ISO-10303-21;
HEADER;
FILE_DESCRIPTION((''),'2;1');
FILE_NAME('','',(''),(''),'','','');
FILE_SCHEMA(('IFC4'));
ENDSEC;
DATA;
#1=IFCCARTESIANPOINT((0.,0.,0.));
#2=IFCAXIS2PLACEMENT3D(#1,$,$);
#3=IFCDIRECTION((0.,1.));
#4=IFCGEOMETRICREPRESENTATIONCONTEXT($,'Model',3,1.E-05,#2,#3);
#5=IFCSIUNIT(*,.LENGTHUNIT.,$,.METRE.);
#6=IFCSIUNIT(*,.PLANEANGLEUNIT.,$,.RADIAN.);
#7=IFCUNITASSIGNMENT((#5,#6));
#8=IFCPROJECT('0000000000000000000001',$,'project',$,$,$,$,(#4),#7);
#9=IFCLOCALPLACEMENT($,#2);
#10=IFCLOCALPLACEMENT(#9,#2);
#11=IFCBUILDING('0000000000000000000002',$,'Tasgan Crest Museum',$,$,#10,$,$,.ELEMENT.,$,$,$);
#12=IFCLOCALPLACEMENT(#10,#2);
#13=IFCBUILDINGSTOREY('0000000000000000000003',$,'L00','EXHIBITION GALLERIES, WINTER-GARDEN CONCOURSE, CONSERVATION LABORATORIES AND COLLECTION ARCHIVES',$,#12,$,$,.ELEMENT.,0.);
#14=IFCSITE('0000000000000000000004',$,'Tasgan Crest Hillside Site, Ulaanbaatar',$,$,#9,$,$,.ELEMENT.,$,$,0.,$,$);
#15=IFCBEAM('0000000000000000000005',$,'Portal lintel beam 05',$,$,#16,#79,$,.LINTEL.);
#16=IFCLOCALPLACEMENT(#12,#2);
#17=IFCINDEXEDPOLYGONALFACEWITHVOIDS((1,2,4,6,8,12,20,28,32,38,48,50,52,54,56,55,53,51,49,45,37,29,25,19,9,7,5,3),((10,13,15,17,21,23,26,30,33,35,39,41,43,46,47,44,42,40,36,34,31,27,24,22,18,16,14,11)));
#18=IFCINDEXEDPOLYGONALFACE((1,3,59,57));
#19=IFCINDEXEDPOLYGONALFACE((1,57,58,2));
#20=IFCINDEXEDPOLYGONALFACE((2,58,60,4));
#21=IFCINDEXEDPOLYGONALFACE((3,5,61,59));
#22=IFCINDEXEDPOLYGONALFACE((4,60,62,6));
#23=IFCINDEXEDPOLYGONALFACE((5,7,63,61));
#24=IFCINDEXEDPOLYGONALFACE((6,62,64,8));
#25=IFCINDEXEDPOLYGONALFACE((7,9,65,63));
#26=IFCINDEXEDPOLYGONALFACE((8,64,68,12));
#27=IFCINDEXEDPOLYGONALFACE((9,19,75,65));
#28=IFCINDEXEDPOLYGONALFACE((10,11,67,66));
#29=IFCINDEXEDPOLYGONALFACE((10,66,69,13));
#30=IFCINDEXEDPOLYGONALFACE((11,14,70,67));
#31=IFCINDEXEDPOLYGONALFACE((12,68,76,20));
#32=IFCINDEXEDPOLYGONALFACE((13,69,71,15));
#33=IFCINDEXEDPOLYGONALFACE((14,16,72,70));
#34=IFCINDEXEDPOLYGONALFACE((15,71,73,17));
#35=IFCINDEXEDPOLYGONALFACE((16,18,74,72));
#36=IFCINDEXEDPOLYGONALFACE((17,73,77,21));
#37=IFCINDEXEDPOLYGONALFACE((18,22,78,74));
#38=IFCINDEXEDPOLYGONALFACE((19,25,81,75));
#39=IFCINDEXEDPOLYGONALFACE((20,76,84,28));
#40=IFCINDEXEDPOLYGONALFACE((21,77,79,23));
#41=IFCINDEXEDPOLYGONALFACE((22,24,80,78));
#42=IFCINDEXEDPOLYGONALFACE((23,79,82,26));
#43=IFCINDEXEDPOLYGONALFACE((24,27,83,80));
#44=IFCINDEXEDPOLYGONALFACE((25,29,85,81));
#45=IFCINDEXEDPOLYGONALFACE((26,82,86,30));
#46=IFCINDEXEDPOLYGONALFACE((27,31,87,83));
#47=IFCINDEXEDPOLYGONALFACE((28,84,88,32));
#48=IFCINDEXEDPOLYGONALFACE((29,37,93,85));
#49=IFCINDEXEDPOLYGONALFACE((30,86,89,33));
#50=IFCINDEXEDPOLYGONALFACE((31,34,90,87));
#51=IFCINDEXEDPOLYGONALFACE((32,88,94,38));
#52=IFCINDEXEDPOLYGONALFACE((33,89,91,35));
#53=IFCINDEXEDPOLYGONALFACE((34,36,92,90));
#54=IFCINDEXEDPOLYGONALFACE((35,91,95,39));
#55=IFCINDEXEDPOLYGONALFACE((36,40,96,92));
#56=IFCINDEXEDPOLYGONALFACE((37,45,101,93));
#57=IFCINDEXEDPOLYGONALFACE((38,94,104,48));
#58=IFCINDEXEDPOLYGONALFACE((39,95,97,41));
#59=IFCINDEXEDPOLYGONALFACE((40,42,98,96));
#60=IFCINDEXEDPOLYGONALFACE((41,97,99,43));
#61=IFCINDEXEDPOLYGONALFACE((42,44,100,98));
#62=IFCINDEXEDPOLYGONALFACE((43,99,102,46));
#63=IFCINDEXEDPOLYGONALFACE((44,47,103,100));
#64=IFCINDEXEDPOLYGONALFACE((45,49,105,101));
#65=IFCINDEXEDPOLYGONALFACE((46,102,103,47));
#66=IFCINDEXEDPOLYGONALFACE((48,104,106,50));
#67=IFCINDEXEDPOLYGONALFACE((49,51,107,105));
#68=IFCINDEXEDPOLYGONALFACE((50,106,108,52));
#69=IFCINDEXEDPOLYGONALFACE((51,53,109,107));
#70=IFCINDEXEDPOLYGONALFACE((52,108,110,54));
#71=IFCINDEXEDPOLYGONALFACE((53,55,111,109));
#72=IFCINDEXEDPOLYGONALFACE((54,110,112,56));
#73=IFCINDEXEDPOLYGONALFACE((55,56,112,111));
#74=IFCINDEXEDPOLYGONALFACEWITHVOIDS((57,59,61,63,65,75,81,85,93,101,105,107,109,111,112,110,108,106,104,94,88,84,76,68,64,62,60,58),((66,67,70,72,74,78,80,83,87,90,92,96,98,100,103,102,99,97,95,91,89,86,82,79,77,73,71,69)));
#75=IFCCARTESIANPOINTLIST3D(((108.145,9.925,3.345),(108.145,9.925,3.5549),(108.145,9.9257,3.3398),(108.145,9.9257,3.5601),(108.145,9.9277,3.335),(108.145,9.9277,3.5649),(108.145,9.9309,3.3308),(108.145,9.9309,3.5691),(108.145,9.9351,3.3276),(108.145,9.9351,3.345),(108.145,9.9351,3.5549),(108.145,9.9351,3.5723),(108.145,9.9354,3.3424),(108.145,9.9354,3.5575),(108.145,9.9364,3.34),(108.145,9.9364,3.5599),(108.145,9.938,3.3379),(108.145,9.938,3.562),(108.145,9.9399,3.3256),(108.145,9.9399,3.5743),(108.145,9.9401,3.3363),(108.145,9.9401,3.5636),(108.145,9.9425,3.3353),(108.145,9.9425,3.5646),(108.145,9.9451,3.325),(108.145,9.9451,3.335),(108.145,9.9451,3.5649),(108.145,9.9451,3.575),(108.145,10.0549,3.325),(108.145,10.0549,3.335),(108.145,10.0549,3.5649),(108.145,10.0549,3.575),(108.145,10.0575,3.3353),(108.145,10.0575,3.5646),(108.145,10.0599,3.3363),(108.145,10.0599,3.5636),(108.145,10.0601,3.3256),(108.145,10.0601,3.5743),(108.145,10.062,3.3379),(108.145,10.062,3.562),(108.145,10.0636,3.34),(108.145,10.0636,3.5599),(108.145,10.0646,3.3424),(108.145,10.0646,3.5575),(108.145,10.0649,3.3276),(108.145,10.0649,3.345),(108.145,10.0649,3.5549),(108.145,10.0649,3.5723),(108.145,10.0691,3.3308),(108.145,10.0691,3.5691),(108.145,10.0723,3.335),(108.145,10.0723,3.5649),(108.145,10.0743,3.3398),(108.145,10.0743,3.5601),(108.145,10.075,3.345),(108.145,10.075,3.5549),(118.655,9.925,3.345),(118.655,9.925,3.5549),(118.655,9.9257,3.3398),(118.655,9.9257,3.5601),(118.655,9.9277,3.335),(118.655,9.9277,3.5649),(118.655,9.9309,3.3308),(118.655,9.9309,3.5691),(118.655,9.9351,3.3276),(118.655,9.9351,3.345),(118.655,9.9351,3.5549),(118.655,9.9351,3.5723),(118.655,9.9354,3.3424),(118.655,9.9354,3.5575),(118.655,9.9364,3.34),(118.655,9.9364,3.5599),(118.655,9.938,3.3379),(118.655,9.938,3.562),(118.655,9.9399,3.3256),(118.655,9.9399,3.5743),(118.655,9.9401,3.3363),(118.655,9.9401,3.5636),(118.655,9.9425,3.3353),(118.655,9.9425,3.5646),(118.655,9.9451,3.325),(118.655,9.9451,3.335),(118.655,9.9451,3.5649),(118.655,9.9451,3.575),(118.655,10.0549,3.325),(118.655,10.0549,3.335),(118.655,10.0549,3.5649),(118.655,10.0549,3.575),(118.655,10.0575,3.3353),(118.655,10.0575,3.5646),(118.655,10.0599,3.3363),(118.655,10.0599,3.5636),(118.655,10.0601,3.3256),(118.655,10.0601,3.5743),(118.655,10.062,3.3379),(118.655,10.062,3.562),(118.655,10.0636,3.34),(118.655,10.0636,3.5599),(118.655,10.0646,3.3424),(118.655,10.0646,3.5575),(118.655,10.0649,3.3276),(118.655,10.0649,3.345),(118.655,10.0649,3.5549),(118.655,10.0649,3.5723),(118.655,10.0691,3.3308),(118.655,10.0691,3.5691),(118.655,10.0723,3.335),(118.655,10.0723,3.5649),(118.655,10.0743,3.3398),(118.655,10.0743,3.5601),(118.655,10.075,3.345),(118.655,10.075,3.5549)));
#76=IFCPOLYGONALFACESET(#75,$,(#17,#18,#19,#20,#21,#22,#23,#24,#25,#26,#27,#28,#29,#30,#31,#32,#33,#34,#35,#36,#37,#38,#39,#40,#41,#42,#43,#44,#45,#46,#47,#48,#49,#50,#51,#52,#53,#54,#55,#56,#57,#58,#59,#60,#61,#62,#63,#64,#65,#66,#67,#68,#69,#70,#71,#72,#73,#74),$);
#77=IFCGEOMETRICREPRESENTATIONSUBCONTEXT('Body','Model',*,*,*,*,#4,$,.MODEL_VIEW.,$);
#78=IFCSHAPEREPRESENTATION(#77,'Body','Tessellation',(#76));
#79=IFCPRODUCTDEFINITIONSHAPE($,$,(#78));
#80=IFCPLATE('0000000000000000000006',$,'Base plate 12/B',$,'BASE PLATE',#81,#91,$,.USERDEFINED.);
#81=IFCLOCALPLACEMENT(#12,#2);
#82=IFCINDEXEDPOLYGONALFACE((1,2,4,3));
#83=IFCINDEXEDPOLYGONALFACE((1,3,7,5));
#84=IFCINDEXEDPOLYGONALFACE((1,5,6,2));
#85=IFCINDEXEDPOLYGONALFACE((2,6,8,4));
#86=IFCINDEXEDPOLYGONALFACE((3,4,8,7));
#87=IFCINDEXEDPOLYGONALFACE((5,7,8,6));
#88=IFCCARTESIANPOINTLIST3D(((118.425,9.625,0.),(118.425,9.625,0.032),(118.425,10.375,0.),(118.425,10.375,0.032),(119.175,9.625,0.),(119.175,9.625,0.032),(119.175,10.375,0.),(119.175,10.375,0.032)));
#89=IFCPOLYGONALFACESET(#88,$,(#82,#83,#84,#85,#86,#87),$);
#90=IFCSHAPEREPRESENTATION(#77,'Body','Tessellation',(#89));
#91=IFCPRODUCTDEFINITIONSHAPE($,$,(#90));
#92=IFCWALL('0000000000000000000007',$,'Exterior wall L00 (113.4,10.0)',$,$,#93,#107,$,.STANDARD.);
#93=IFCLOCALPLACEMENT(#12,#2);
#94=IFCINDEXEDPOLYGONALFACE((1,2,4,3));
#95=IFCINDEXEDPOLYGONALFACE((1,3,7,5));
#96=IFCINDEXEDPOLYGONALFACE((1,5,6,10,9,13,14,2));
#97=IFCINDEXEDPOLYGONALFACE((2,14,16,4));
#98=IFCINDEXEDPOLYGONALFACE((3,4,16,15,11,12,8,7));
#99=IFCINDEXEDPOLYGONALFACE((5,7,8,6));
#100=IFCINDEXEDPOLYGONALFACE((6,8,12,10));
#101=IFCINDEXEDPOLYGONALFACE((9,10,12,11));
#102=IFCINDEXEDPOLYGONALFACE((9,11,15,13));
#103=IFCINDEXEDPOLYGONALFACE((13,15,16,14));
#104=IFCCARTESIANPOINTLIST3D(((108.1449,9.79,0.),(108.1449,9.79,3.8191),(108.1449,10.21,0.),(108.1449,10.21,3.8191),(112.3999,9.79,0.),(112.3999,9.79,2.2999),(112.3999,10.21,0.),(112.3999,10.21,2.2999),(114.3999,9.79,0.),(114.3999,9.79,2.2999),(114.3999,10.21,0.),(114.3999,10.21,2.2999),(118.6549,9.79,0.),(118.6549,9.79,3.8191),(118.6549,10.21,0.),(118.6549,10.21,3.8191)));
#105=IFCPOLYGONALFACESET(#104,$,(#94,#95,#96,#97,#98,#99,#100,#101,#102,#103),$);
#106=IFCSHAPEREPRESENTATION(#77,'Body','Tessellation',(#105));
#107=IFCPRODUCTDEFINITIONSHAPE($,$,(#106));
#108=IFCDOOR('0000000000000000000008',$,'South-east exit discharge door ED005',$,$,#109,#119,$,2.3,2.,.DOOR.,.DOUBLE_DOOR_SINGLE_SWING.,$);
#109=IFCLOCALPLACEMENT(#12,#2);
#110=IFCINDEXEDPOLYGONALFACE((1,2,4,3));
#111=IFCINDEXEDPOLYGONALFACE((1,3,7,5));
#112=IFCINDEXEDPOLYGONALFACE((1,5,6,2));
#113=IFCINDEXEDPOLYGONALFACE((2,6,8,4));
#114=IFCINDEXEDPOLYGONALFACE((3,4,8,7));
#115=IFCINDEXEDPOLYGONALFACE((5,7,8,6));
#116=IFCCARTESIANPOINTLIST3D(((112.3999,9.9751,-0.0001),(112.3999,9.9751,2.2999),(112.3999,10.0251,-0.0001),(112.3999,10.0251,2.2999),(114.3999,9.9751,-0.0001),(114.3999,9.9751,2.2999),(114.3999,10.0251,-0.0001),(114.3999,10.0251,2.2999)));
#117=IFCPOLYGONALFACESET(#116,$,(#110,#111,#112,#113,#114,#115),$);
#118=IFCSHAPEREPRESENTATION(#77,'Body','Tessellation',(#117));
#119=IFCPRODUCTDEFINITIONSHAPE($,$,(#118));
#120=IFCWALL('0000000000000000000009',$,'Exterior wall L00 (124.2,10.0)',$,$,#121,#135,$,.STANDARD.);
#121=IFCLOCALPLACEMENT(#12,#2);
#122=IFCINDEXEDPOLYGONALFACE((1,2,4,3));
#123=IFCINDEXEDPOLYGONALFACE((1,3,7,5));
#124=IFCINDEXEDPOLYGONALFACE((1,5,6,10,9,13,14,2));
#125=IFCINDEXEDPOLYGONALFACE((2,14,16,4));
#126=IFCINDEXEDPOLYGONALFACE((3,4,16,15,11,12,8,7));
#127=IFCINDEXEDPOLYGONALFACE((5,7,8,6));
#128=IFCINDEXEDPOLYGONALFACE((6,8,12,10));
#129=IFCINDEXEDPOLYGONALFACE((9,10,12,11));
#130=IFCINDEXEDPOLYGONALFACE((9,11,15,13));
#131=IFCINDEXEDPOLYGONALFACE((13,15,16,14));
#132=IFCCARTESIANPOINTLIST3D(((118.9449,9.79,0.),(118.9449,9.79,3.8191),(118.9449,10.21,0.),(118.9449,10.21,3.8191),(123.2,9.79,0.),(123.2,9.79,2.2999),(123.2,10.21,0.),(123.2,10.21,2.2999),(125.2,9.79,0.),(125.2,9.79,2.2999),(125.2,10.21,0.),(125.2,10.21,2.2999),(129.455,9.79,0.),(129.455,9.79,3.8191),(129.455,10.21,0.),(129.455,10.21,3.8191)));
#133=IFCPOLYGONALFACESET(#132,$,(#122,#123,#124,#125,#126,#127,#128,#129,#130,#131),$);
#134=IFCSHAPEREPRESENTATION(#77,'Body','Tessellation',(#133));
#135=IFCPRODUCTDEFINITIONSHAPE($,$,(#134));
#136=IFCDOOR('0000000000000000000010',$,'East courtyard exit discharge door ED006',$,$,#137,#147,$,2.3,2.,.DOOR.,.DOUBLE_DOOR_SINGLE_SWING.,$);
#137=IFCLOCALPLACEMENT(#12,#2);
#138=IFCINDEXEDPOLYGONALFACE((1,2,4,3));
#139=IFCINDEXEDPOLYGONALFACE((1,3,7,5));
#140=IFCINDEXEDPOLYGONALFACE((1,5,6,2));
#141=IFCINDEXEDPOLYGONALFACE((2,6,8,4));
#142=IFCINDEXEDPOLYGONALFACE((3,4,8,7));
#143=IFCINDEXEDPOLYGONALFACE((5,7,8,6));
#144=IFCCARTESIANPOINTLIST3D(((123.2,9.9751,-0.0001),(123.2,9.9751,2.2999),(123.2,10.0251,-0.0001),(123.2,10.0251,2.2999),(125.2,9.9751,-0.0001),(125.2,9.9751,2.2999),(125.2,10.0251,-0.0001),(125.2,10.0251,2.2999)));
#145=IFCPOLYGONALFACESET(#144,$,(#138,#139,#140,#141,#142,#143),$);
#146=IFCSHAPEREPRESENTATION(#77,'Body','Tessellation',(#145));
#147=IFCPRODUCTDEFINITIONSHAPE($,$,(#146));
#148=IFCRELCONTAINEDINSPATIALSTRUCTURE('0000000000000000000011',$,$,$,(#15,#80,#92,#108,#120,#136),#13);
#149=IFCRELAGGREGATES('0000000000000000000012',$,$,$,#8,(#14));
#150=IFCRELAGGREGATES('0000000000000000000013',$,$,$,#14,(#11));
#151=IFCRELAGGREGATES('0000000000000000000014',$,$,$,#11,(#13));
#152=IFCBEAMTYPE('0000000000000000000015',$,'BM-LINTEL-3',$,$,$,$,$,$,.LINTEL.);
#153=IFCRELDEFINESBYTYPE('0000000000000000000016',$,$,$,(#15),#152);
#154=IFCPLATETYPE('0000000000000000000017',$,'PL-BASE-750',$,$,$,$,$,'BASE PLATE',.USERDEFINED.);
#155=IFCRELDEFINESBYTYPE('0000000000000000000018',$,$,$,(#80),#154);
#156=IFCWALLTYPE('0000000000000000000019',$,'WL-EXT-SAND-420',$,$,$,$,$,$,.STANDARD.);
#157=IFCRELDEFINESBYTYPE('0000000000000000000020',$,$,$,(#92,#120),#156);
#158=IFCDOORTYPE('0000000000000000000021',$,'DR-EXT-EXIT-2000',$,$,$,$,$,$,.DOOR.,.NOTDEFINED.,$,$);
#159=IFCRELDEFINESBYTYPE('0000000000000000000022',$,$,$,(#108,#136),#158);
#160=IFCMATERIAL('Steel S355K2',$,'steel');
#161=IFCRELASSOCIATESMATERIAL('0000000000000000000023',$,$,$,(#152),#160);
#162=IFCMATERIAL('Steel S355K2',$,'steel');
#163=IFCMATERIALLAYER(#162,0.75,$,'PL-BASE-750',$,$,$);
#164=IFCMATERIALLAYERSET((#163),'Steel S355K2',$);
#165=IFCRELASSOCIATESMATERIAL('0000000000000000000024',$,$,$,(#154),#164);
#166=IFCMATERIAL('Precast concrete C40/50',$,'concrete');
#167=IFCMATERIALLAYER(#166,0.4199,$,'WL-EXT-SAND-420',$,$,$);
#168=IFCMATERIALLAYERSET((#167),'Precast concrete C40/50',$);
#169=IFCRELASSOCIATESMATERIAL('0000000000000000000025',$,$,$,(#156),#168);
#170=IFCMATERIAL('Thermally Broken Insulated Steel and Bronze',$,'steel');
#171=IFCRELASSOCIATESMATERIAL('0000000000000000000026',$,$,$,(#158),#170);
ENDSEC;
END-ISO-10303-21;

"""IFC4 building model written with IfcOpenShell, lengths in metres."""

from ifc_helpers import new_model, si_unit, direction, frame, frame_2d, origin, origin_2d, place, context, subcontext, project, spatial, rectangle, hollow_rectangle, extrude, material, layer, layer_set, material_profile, profile_set, type_object, element, fill, save


model = new_model("IFC4")

# Units and contexts
model_context = context("Model", 3, precision=1e-05, world=origin(), true_north=direction((0.0, 1.0)))
body_context = subcontext(model_context, "Body", "Model", "MODEL_VIEW")
ifc_project = project(units=[si_unit("LENGTHUNIT", "METRE"), si_unit("PLANEANGLEUNIT", "RADIAN")], contexts=[model_context])

# Site, building, storey
site_placement = place(None, origin())
site = spatial("IfcSite", under=ifc_project, at=site_placement, Name="Tasgan Crest Hillside Site, Ulaanbaatar", CompositionType="ELEMENT", RefElevation=0.0)
building_placement = place(site_placement, origin())
building = spatial("IfcBuilding", under=site, at=building_placement, Name="Tasgan Crest Museum", CompositionType="ELEMENT")
storey_placement = place(building_placement, origin())
storey = spatial("IfcBuildingStorey", under=building, at=storey_placement, Name="L00", Description="EXHIBITION GALLERIES, WINTER-GARDEN CONCOURSE, CONSERVATION LABORATORIES AND COLLECTION ARCHIVES", CompositionType="ELEMENT", Elevation=0.0)

# Beam
ifc_material_1 = material(Name="Steel S355K2", Category="steel")
ifc_material_profile_1 = material_profile(ifc_material_1, hollow_rectangle(XDim=0.1499, YDim=0.25, WallThickness=0.01, InnerFilletRadius=0.01, OuterFilletRadius=0.02, at=origin_2d()), Name="RHS 250x150x10")
ifc_profile_set_1 = profile_set([ifc_material_profile_1], Name="Steel S355K2")
beam_type = type_object("IfcBeamType", Name="BM-LINTEL-3", PredefinedType="LINTEL", material=ifc_profile_set_1)
beam_placement = place(storey_placement, frame((108.145, 10.0, 3.45), z_axis=(1.0, 0.0, 0.0), x_axis=(0.0, 1.0, 0.0)))
element("IfcBeam", 1, at=beam_placement, inside=storey, type_object=beam_type, Name="Portal lintel beam 05", PredefinedType="LINTEL", context=body_context, shape_type="SweptSolid", body=[
    extrude(hollow_rectangle(XDim=0.1499, YDim=0.25, WallThickness=0.01, InnerFilletRadius=0.01, OuterFilletRadius=0.02, at=origin_2d()), origin(), (0.0, 0.0, 1.0), 10.51),
])

# Plate
ifc_material_2 = material(Name="Steel S355K2", Category="steel")
ifc_layer_1 = layer(ifc_material_2, 0.75, Name="PL-BASE-750")
ifc_layer_set_1 = layer_set([ifc_layer_1], Name="Steel S355K2")
plate_type = type_object("IfcPlateType", Name="PL-BASE-750", ElementType="BASE PLATE", PredefinedType="USERDEFINED", material=ifc_layer_set_1)
plate_placement = place(storey_placement, frame((118.8, 10.0, 0.0), z_axis=(0.0, 0.0, 1.0), x_axis=(1.0, 0.0, 0.0)))
element("IfcPlate", 2, at=plate_placement, inside=storey, type_object=plate_type, Name="Base plate 12/B", ObjectType="BASE PLATE", PredefinedType="USERDEFINED", context=body_context, shape_type="SweptSolid", body=[
    extrude(rectangle(XDim=0.75, YDim=0.75, at=origin_2d()), origin(), (0.0, 0.0, 1.0), 0.032),
])

# Walls, openings, doors
ifc_material_3 = material(Name="Precast concrete C40/50", Category="concrete")
ifc_layer_2 = layer(ifc_material_3, 0.4199, Name="WL-EXT-SAND-420")
ifc_layer_set_2 = layer_set([ifc_layer_2], Name="Precast concrete C40/50")
wall_type_1 = type_object("IfcWallType", Name="WL-EXT-SAND-420", PredefinedType="STANDARD", material=ifc_layer_set_2)
wall_1_placement = place(storey_placement, frame((108.145, 10.0, 0.0), z_axis=(0.0, 0.0, 1.0), x_axis=(1.0, 0.0, 0.0)))
wall_1 = element("IfcWall", 3, at=wall_1_placement, inside=storey, type_object=wall_type_1, Name="Exterior wall L00 (113.4,10.0)", PredefinedType="STANDARD", context=body_context, shape_type="SweptSolid", body=[
    extrude(rectangle(XDim=10.51, YDim=0.4199, at=frame_2d((5.2549, 0.0))), origin(), (0.0, 0.0, 1.0), 3.8191),
])
opening_1_placement = place(wall_1_placement, frame((4.2549, 0.0, 0.0)))
opening_1 = element("IfcOpeningElement", 4, at=opening_1_placement, cuts=wall_1, PredefinedType="OPENING", context=body_context, shape_type="SweptSolid", body=[
    extrude(rectangle(XDim=2.0, YDim=2.3, at=frame_2d((1.0, 1.1499))), frame((0.0, 0.22, 0.0), z_axis=(0.0, -1.0, 0.0), x_axis=(1.0, 0.0, 0.0)), (0.0, 0.0, 1.0), 0.4399),
])
ifc_material_4 = material(Name="Thermally Broken Insulated Steel and Bronze", Category="steel")
door_type_1 = type_object("IfcDoorType", Name="DR-EXT-EXIT-2000", OperationType="NOTDEFINED", PredefinedType="DOOR", material=ifc_material_4)
door_1_placement = place(opening_1_placement, frame((2.0, 0.0, 0.0), z_axis=(0.0, 0.0, 1.0), x_axis=(-1.0, 0.0, 0.0)))
door_1 = element("IfcDoor", 5, at=door_1_placement, inside=storey, type_object=door_type_1, Name="South-east exit discharge door ED005", OperationType="DOUBLE_DOOR_SINGLE_SWING", OverallHeight=2.3, OverallWidth=2.0, PredefinedType="DOOR", context=body_context, shape_type="SweptSolid", body=[
    extrude(rectangle(XDim=2.0, YDim=2.3, at=frame_2d((1.0, 1.1499))), frame((0.0, 0.0249, 0.0), z_axis=(0.0, -1.0, 0.0), x_axis=(1.0, 0.0, 0.0)), (0.0, 0.0, 1.0), 0.05),
])
fill(opening_1, door_1)
wall_2_placement = place(storey_placement, frame((118.9451, 10.0, 0.0), z_axis=(0.0, 0.0, 1.0), x_axis=(1.0, 0.0, 0.0)))
wall_2 = element("IfcWall", 6, at=wall_2_placement, inside=storey, type_object=wall_type_1, Name="Exterior wall L00 (124.2,10.0)", PredefinedType="STANDARD", context=body_context, shape_type="SweptSolid", body=[
    extrude(rectangle(XDim=10.51, YDim=0.4199, at=frame_2d((5.2549, 0.0))), origin(), (0.0, 0.0, 1.0), 3.8191),
])
opening_2_placement = place(wall_2_placement, frame((4.2549, 0.0, 0.0)))
opening_2 = element("IfcOpeningElement", 7, at=opening_2_placement, cuts=wall_2, PredefinedType="OPENING", context=body_context, shape_type="SweptSolid", body=[
    extrude(rectangle(XDim=2.0, YDim=2.3, at=frame_2d((1.0, 1.1499))), frame((0.0, 0.22, 0.0), z_axis=(0.0, -1.0, 0.0), x_axis=(1.0, 0.0, 0.0)), (0.0, 0.0, 1.0), 0.4399),
])
door_2_placement = place(opening_2_placement, frame((2.0, 0.0, 0.0), z_axis=(0.0, 0.0, 1.0), x_axis=(-1.0, 0.0, 0.0)))
door_2 = element("IfcDoor", 8, at=door_2_placement, inside=storey, type_object=door_type_1, Name="East courtyard exit discharge door ED006", OperationType="DOUBLE_DOOR_SINGLE_SWING", OverallHeight=2.3, OverallWidth=2.0, PredefinedType="DOOR", context=body_context, shape_type="SweptSolid", body=[
    extrude(rectangle(XDim=2.0, YDim=2.3, at=frame_2d((1.0, 1.1499))), frame((0.0, 0.0249, 0.0), z_axis=(0.0, -1.0, 0.0), x_axis=(1.0, 0.0, 0.0)), (0.0, 0.0, 1.0), 0.05),
])
fill(opening_2, door_2)

save(model, "model.ifc")
